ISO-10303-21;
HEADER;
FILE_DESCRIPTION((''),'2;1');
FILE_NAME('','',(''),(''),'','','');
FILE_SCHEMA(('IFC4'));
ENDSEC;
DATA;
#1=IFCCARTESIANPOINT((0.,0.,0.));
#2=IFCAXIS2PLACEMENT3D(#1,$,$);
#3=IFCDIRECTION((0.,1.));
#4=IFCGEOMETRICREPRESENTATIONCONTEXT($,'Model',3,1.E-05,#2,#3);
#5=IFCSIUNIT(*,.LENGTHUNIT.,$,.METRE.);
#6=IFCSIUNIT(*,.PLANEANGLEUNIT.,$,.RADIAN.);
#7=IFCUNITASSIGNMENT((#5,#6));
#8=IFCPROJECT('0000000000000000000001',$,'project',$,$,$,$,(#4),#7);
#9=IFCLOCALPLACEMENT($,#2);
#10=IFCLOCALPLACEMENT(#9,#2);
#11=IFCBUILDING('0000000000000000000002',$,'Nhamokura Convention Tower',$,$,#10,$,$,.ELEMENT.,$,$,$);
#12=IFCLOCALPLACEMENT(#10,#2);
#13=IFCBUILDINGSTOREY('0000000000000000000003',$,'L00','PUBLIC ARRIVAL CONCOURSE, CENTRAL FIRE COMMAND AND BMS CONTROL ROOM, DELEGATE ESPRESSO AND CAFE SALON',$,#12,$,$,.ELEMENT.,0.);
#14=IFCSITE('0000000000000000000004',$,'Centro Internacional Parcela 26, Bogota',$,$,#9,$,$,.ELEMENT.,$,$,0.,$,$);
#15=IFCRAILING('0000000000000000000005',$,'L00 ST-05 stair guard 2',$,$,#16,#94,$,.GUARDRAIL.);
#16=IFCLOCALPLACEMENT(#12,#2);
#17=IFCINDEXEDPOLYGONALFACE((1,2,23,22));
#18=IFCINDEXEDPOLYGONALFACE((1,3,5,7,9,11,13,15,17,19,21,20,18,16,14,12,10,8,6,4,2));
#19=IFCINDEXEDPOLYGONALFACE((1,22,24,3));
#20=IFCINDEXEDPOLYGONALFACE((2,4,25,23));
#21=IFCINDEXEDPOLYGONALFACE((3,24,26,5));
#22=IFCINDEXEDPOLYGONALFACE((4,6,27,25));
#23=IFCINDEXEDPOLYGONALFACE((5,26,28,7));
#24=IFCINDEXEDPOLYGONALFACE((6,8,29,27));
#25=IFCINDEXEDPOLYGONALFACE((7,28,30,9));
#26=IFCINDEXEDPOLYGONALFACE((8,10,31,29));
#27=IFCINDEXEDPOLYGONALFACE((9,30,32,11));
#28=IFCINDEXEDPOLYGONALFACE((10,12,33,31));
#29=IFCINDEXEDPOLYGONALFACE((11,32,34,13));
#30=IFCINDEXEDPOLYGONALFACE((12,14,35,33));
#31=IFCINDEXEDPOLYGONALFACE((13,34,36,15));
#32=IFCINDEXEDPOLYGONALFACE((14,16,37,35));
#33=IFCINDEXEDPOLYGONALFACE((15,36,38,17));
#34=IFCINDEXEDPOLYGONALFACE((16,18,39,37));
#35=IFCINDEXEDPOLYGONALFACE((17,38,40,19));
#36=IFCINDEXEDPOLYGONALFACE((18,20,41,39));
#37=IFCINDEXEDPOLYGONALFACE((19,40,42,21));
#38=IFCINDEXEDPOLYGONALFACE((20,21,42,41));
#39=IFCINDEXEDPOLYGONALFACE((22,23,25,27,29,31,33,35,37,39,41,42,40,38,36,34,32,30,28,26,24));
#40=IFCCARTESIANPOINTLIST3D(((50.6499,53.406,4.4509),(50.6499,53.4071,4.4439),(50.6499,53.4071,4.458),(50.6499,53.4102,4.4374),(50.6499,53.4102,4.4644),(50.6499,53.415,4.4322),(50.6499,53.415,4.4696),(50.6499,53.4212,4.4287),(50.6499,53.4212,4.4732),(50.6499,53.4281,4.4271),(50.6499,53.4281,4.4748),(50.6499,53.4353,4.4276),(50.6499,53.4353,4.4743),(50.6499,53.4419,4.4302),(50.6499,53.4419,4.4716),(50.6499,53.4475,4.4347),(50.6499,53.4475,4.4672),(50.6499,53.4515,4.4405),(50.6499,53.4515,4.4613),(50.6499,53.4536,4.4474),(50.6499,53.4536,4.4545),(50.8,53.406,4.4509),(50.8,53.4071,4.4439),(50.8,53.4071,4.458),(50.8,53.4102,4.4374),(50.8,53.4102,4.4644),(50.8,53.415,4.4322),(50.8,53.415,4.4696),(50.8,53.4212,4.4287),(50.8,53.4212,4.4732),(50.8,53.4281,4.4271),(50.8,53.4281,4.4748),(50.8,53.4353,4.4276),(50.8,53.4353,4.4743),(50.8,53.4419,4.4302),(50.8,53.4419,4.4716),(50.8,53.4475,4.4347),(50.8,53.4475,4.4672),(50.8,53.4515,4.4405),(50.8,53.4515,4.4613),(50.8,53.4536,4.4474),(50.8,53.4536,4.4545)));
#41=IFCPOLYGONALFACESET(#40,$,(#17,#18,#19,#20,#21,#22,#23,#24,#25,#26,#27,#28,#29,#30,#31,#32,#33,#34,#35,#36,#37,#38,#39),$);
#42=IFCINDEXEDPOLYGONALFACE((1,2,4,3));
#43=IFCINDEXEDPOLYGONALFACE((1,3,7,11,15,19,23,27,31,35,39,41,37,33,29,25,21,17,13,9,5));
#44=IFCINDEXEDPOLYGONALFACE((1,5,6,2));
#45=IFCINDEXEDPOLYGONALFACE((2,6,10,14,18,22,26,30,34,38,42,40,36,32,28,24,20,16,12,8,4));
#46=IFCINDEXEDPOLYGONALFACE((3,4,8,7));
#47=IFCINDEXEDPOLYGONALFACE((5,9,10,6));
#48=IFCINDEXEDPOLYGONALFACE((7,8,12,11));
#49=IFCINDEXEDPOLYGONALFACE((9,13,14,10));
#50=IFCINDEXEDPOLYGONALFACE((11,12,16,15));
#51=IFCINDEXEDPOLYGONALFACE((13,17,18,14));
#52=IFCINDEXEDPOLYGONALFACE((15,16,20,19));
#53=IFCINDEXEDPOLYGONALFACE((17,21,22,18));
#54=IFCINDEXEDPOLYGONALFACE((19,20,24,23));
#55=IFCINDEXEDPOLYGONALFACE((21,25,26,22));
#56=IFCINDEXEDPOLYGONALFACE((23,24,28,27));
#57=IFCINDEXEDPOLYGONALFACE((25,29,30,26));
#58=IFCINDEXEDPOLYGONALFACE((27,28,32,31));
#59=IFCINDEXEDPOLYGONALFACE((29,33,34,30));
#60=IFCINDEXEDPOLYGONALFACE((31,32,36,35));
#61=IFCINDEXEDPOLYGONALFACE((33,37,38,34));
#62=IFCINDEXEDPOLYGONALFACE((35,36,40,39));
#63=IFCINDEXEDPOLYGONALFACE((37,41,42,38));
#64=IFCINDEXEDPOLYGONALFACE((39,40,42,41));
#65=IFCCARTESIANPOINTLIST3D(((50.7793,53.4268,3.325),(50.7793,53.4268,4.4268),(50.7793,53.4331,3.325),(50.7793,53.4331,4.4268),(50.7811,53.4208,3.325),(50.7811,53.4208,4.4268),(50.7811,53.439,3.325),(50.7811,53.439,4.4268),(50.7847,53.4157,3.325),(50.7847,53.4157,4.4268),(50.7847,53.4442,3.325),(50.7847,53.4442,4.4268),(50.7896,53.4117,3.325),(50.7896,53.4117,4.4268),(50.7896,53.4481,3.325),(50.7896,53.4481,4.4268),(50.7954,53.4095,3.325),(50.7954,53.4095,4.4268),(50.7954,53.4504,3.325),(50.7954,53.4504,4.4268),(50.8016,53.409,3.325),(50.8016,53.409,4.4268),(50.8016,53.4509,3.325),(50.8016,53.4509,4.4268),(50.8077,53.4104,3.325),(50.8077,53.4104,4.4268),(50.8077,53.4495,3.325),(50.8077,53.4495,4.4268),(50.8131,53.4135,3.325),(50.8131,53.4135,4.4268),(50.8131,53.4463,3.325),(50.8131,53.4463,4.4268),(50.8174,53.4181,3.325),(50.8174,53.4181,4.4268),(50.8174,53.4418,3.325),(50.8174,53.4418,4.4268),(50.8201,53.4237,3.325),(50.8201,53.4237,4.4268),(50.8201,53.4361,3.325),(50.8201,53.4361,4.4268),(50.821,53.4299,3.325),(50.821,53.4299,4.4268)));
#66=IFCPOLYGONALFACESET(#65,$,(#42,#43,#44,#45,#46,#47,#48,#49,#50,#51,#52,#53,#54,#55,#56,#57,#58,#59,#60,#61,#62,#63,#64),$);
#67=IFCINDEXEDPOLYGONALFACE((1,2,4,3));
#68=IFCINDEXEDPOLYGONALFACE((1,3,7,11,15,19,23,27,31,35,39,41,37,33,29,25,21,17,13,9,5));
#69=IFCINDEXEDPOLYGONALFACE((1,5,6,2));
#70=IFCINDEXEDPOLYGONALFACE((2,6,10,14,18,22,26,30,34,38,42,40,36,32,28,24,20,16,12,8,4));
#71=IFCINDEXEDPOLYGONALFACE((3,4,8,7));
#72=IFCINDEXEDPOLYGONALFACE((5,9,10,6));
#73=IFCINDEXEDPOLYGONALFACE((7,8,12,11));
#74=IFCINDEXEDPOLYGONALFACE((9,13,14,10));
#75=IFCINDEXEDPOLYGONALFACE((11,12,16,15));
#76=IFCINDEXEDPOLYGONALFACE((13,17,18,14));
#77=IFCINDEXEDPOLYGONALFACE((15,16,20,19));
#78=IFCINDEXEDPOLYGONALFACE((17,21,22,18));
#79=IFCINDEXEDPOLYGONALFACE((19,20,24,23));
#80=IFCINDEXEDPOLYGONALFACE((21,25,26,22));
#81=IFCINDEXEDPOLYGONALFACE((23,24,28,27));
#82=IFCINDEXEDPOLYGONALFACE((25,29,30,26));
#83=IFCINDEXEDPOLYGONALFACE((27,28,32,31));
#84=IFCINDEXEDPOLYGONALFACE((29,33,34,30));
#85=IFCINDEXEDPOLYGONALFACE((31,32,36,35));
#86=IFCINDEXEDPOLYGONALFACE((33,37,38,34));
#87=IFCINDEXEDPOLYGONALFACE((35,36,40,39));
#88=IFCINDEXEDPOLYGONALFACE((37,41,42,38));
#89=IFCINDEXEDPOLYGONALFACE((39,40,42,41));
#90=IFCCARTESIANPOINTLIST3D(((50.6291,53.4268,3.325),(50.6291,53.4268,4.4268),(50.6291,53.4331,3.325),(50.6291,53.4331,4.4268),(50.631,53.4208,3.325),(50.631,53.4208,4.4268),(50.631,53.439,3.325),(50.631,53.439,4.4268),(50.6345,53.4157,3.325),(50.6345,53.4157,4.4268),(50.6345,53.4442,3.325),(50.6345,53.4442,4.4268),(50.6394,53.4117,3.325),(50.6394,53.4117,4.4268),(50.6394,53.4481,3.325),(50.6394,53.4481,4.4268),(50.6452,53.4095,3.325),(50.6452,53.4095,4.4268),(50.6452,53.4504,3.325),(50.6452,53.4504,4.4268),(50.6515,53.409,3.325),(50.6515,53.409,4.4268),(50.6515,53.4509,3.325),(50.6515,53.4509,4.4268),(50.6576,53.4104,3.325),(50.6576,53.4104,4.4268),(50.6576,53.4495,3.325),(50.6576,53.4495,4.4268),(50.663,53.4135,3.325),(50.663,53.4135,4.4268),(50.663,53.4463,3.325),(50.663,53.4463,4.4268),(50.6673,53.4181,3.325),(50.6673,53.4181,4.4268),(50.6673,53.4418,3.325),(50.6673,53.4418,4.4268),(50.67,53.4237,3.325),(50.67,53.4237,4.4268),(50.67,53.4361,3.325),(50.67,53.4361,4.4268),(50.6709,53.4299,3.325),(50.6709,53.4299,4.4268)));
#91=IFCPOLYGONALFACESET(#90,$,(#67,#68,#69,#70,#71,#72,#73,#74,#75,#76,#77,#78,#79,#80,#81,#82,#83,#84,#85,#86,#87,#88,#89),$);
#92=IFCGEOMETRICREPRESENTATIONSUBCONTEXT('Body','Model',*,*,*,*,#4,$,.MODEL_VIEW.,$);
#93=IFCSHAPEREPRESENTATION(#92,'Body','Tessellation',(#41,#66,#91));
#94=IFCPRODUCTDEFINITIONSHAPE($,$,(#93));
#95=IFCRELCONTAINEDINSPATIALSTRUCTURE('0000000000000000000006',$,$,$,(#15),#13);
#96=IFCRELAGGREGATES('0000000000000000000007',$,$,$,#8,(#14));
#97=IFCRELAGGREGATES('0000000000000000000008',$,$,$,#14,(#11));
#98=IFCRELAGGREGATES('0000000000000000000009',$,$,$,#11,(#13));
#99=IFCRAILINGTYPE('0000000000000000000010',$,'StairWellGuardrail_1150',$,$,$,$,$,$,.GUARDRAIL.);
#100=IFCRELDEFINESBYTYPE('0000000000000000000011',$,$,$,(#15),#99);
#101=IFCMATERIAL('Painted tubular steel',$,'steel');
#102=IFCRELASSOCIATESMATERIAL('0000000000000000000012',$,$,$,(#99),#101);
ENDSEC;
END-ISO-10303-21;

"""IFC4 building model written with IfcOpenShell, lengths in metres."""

from ifc_helpers import new_model, si_unit, direction, frame, origin, origin_2d, place, context, subcontext, project, spatial, circle, extrude, material, type_object, element, save


model = new_model("IFC4")

# Units and contexts
model_context = context("Model", 3, precision=1e-05, world=origin(), true_north=direction((0.0, 1.0)))
body_context = subcontext(model_context, "Body", "Model", "MODEL_VIEW")
ifc_project = project(units=[si_unit("LENGTHUNIT", "METRE"), si_unit("PLANEANGLEUNIT", "RADIAN")], contexts=[model_context])

# Site, building, storey
site_placement = place(None, origin())
site = spatial("IfcSite", under=ifc_project, at=site_placement, Name="Centro Internacional Parcela 26, Bogota", CompositionType="ELEMENT", RefElevation=0.0)
building_placement = place(site_placement, origin())
building = spatial("IfcBuilding", under=site, at=building_placement, Name="Nhamokura Convention Tower", CompositionType="ELEMENT")
storey_placement = place(building_placement, origin())
storey = spatial("IfcBuildingStorey", under=building, at=storey_placement, Name="L00", Description="PUBLIC ARRIVAL CONCOURSE, CENTRAL FIRE COMMAND AND BMS CONTROL ROOM, DELEGATE ESPRESSO AND CAFE SALON", CompositionType="ELEMENT", Elevation=0.0)

# Railing
ifc_material_1 = material(Name="Painted tubular steel", Category="steel")
railing_type_1 = type_object("IfcRailingType", Name="StairWellGuardrail_1150", PredefinedType="GUARDRAIL", material=ifc_material_1)
railing_1_placement = place(storey_placement, frame((50.8, 53.4299, 3.325)))
element("IfcRailing", 1, at=railing_1_placement, inside=storey, type_object=railing_type_1, Name="L00 ST-05 stair guard 2", PredefinedType="GUARDRAIL", context=body_context, shape_type="SweptSolid", body=[
    extrude(circle(Radius=0.0239, at=origin_2d()), frame((0.0, 0.0, 1.126), z_axis=(-1.0, 0.0, 0.0), x_axis=(0.0, -1.0, 0.0)), (0.0, 0.0, 1.0), 0.1501),
    extrude(circle(Radius=0.021, at=origin_2d()), origin(), (0.0, 0.0, 1.0), 1.1018),
    extrude(circle(Radius=0.021, at=origin_2d()), frame((-0.1501, 0.0, 0.0)), (0.0, 0.0, 1.0), 1.1018),
])

save(model, "model.ifc")
